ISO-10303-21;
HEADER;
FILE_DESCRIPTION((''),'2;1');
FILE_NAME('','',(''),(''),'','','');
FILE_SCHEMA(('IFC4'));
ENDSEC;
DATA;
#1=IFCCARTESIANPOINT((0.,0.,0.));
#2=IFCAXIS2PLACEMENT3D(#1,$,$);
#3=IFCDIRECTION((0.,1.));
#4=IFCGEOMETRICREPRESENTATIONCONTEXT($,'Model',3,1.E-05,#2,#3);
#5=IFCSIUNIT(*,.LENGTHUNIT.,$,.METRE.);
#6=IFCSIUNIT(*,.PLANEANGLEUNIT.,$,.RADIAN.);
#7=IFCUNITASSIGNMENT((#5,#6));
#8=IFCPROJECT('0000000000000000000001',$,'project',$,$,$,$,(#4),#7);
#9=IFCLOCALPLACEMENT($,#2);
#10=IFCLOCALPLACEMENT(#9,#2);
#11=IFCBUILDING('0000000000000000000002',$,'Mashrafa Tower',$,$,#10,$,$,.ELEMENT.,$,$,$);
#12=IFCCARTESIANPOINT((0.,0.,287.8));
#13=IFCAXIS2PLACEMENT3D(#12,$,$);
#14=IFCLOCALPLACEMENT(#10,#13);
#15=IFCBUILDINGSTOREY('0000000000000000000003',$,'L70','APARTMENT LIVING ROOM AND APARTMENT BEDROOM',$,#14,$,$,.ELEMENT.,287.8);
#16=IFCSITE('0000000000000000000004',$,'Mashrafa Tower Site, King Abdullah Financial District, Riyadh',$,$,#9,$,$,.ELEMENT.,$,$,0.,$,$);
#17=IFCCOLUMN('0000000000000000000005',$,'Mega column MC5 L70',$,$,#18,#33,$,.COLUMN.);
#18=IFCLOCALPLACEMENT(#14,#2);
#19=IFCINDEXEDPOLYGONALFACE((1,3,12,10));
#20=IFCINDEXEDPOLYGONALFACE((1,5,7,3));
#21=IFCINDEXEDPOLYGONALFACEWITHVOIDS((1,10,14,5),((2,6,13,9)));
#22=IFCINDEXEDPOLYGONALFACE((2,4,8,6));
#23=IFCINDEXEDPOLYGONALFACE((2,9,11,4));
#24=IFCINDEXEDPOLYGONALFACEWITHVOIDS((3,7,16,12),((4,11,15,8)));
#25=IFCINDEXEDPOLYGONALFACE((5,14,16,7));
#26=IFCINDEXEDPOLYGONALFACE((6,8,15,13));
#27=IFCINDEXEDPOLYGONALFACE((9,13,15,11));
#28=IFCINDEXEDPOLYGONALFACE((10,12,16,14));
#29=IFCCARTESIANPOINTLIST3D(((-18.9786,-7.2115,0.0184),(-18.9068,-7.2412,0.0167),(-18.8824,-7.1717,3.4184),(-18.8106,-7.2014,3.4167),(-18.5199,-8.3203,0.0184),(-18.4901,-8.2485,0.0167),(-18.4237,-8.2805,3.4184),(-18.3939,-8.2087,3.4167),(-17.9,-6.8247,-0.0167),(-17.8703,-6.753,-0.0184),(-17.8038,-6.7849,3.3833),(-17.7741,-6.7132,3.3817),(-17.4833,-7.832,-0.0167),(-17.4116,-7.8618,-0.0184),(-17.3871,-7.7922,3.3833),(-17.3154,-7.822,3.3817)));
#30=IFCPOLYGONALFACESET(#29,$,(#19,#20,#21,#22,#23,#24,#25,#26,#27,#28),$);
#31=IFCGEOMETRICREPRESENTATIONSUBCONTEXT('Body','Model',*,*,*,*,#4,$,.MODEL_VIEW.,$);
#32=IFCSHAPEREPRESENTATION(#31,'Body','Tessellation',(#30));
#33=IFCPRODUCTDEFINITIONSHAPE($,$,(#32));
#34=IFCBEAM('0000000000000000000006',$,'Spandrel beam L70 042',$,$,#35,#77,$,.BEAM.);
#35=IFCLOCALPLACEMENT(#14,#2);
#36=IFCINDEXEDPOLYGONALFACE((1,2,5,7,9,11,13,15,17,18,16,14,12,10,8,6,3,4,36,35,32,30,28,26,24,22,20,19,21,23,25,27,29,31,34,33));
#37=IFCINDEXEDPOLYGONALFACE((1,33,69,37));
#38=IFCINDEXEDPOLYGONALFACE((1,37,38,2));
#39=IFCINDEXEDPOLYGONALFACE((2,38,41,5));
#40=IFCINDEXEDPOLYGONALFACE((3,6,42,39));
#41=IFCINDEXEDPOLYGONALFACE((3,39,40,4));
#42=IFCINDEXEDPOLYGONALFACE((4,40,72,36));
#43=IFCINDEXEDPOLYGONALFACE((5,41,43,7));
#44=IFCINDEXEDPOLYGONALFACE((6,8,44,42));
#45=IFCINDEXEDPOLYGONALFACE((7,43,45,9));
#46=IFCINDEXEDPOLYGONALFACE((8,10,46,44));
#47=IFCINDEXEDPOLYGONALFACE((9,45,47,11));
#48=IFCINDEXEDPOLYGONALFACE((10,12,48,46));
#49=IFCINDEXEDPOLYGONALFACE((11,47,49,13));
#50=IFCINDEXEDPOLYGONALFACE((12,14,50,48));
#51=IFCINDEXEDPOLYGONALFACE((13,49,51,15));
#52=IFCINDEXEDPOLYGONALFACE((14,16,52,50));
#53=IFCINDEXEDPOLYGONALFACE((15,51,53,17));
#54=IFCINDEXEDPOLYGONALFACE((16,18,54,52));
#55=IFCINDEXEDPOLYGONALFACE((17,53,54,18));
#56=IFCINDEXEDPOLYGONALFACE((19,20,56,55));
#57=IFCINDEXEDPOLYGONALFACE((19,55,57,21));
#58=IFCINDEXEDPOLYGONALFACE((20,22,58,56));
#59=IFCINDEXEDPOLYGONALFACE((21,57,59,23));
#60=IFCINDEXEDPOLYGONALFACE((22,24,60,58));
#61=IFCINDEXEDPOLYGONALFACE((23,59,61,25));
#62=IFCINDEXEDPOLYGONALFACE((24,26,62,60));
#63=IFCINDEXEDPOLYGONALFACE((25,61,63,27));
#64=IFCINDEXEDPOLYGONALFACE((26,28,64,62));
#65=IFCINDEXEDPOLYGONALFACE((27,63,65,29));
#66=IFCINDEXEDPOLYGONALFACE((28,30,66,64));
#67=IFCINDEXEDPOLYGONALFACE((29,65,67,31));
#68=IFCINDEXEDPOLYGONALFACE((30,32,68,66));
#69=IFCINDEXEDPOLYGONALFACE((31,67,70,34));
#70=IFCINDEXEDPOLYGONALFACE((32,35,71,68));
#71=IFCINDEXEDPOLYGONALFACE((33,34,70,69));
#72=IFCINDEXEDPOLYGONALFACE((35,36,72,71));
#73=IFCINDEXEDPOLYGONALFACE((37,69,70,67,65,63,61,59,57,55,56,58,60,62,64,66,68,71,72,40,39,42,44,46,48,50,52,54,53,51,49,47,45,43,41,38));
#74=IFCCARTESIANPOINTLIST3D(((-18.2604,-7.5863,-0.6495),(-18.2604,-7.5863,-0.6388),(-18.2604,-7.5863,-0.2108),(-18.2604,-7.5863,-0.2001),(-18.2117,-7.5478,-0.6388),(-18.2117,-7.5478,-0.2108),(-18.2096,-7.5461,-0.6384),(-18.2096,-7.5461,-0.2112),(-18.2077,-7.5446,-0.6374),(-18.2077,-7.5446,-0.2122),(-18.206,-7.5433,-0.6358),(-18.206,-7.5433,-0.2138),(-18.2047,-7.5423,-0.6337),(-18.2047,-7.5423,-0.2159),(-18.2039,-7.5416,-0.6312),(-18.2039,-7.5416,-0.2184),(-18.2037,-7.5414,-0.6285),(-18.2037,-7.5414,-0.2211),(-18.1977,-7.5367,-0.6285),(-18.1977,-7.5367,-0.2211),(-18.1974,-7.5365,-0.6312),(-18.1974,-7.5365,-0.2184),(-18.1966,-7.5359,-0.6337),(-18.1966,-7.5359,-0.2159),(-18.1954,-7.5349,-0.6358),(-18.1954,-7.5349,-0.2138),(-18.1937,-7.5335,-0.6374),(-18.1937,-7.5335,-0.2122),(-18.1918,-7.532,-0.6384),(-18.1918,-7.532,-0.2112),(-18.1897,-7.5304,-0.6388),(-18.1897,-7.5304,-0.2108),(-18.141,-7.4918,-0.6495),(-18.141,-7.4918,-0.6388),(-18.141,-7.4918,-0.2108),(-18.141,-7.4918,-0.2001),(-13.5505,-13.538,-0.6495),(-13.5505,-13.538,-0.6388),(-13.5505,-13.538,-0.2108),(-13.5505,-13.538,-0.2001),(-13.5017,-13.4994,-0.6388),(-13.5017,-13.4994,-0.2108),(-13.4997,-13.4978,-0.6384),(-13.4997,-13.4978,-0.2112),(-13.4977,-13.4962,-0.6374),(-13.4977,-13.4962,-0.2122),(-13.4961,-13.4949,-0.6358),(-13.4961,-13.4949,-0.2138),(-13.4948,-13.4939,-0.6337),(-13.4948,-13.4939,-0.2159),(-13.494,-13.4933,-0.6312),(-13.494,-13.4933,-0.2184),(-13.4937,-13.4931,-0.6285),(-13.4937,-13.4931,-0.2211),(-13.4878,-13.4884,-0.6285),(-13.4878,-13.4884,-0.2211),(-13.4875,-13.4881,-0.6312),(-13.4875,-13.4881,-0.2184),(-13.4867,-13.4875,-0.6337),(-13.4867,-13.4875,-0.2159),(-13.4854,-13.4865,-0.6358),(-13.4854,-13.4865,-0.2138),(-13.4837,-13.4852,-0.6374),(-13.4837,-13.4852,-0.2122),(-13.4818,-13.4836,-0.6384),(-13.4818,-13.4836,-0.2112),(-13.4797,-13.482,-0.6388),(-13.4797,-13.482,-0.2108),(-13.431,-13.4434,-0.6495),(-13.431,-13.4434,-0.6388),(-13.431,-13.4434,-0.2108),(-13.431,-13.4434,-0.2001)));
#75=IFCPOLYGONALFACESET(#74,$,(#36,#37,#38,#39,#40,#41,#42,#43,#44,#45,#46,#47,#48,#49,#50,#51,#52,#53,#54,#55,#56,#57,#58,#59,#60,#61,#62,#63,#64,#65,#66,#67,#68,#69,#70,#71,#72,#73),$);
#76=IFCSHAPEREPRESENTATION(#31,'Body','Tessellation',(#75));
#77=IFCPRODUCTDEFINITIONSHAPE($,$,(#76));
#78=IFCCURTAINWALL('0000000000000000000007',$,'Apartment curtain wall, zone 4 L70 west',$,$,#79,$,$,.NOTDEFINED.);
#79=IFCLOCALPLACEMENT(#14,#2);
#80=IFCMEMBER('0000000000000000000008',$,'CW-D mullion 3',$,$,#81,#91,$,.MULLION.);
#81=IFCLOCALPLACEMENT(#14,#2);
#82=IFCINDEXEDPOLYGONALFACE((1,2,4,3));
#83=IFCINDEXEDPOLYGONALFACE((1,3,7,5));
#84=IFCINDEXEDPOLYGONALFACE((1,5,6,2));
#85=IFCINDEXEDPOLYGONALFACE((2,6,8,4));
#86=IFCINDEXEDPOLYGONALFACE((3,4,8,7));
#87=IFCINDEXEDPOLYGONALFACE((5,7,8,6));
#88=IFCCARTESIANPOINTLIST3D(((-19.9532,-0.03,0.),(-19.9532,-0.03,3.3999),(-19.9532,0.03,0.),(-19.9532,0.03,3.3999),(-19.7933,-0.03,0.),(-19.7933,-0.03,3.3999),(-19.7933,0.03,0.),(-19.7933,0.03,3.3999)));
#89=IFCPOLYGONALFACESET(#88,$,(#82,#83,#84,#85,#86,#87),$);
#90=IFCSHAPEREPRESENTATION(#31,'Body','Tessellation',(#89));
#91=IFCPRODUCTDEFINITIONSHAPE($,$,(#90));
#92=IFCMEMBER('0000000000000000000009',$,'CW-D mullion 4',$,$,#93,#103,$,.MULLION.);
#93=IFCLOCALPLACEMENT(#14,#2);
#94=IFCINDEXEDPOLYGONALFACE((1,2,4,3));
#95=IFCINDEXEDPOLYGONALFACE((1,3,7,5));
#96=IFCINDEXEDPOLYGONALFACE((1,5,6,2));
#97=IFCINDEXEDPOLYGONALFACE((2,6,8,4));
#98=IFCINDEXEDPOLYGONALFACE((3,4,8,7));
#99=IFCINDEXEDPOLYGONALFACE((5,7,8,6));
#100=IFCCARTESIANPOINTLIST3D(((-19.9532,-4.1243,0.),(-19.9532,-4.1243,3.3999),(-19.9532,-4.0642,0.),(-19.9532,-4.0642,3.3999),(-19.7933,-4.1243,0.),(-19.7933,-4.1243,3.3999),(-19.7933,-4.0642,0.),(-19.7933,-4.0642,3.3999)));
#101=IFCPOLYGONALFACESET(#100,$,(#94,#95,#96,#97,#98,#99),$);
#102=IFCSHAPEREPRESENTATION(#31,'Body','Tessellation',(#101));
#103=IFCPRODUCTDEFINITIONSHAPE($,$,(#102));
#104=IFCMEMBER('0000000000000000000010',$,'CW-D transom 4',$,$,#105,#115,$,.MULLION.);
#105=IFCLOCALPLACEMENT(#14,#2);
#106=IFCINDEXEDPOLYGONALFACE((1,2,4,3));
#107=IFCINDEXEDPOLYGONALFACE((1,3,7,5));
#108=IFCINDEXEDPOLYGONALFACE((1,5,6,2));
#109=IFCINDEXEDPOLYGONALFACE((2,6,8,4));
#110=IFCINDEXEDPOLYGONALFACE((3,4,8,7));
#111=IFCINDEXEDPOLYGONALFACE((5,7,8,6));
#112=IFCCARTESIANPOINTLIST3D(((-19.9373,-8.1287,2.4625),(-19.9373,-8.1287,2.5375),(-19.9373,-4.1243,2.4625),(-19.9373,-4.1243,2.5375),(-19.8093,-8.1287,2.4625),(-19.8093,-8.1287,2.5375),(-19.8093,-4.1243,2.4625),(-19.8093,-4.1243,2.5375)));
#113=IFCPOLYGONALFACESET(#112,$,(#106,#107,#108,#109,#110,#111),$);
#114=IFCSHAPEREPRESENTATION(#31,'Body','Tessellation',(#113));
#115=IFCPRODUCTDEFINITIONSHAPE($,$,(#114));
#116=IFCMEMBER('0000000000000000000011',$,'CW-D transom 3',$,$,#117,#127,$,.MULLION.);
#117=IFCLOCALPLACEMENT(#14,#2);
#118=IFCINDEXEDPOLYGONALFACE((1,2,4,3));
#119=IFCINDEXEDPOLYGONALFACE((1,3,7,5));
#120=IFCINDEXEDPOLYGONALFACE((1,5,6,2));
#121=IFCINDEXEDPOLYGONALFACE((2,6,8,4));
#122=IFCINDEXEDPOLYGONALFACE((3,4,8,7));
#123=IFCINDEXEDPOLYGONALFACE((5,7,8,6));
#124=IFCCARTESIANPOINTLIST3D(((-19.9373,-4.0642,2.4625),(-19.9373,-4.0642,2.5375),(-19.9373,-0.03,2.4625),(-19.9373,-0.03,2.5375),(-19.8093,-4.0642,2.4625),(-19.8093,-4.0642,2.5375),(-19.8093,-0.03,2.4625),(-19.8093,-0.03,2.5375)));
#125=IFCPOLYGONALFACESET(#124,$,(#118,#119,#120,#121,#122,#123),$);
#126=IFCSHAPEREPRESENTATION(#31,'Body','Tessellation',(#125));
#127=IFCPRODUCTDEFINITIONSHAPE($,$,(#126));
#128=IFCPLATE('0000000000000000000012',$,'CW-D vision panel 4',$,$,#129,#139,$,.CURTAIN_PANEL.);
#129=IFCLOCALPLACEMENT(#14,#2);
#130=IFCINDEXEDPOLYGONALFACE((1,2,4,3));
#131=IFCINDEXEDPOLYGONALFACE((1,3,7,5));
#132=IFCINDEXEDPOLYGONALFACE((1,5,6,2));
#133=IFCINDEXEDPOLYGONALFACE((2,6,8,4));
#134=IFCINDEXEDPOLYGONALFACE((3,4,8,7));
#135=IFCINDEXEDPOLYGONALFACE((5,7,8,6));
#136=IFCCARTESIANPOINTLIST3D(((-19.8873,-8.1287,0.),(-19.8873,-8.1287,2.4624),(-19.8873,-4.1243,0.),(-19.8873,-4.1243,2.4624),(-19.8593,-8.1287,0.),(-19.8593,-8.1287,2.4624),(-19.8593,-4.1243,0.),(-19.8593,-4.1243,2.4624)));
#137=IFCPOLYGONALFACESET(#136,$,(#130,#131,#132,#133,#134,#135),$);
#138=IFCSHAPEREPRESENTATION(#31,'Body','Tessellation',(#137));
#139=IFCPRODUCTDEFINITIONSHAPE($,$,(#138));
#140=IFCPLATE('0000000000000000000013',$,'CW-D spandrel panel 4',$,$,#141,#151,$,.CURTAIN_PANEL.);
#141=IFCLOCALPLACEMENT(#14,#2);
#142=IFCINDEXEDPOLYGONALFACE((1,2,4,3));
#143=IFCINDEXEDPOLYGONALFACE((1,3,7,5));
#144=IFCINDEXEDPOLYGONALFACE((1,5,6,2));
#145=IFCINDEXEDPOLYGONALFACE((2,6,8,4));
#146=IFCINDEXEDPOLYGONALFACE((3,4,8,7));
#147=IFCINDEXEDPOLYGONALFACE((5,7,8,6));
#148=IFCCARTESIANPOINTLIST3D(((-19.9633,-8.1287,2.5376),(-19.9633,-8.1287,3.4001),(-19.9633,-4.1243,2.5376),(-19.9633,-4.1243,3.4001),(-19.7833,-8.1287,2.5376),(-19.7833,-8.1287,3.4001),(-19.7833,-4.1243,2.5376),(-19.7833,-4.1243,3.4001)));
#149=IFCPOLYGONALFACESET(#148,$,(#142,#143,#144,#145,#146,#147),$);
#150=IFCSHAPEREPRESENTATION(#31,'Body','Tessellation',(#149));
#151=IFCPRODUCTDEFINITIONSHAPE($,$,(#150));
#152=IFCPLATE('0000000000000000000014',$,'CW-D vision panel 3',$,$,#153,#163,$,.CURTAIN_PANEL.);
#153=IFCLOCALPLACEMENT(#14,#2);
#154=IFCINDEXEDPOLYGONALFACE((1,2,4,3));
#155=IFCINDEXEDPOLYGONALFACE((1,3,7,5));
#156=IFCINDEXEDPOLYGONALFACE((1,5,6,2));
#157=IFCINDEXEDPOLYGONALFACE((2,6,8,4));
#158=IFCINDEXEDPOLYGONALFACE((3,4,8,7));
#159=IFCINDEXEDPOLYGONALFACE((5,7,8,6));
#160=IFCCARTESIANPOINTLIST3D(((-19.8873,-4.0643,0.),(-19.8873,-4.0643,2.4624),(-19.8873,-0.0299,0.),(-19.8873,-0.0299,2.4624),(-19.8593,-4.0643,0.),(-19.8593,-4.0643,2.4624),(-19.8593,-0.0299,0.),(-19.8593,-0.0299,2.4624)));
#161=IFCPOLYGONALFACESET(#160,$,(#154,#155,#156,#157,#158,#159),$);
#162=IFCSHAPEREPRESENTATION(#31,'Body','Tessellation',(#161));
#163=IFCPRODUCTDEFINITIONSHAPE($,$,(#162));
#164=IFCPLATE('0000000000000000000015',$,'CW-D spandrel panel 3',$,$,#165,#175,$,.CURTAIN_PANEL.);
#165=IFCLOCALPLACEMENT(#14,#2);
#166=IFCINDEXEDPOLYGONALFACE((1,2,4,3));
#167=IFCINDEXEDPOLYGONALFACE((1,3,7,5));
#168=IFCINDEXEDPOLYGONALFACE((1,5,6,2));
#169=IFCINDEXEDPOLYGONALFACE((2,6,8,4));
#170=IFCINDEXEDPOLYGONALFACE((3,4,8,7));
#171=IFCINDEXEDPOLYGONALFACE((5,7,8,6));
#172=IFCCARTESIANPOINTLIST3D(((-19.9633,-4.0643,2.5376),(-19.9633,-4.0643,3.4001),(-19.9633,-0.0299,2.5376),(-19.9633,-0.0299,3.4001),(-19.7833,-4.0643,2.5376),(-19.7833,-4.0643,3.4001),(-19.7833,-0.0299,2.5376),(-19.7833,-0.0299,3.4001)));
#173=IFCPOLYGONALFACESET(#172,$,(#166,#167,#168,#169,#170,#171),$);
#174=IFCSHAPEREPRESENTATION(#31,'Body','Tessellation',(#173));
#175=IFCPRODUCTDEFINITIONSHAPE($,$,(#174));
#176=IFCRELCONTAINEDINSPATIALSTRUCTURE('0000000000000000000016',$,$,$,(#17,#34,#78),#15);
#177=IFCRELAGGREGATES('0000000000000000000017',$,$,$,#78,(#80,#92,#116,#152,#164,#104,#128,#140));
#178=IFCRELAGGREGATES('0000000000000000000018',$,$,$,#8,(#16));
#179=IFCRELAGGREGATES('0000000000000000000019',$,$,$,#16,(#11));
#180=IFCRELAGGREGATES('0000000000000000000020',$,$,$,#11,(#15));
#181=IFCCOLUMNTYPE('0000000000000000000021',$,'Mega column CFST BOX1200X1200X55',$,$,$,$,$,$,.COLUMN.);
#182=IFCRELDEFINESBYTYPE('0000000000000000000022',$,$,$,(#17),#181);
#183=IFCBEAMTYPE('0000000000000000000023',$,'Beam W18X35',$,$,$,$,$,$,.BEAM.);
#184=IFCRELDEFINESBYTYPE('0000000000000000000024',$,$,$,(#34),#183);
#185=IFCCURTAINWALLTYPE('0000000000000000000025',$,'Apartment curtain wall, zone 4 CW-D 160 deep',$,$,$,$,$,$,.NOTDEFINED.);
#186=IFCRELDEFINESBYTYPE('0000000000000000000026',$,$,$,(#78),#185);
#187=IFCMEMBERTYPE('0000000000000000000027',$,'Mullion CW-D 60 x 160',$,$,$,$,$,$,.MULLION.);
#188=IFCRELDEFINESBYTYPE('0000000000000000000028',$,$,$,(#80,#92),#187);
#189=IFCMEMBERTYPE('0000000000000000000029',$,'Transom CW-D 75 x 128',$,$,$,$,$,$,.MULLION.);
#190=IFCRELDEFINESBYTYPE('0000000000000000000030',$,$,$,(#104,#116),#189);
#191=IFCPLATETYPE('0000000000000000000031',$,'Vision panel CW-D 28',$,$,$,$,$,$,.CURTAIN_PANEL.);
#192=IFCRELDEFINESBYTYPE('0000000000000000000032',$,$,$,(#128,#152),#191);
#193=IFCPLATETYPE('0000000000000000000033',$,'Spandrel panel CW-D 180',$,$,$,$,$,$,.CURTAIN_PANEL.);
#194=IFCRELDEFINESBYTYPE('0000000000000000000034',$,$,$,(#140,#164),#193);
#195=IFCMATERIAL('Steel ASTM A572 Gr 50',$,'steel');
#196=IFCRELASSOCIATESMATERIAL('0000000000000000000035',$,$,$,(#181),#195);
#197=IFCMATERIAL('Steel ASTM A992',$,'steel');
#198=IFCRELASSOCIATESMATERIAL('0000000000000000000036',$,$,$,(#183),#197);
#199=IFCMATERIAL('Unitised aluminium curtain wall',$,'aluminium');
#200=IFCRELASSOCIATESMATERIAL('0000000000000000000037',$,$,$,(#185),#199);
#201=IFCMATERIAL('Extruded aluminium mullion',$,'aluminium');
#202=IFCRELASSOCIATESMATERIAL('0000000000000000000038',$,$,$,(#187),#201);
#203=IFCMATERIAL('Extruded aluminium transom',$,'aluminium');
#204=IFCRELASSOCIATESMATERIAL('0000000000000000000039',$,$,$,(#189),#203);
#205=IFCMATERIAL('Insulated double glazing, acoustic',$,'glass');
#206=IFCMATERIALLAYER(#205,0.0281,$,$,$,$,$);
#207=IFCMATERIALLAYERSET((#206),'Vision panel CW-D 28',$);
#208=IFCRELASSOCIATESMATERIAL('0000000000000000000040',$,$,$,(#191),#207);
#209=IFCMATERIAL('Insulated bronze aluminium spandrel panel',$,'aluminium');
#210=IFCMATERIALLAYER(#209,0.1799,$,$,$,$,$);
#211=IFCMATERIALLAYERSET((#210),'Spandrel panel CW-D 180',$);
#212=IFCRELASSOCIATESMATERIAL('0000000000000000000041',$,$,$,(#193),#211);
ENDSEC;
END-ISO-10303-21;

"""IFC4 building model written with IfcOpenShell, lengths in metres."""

from ifc_helpers import new_model, si_unit, direction, frame, origin, origin_2d, place, context, subcontext, project, spatial, rectangle, hollow_rectangle, i_section, extrude, source, transform, mapped, material, layer, layer_set, material_profile, profile_set, type_object, type_shapes, element, aggregate, save


model = new_model("IFC4")

# Units and contexts
model_context = context("Model", 3, precision=1e-05, world=origin(), true_north=direction((0.0, 1.0)))
body_context = subcontext(model_context, "Body", "Model", "MODEL_VIEW")
ifc_project = project(units=[si_unit("LENGTHUNIT", "METRE"), si_unit("PLANEANGLEUNIT", "RADIAN")], contexts=[model_context])

# Site, building, storey
site_placement = place(None, origin())
site = spatial("IfcSite", under=ifc_project, at=site_placement, Name="Mashrafa Tower Site, King Abdullah Financial District, Riyadh", CompositionType="ELEMENT", RefElevation=0.0)
building_placement = place(site_placement, origin())
building = spatial("IfcBuilding", under=site, at=building_placement, Name="Mashrafa Tower", CompositionType="ELEMENT")
storey_placement = place(building_placement, frame((0.0, 0.0, 287.8)))
storey = spatial("IfcBuildingStorey", under=building, at=storey_placement, Name="L70", Description="APARTMENT LIVING ROOM AND APARTMENT BEDROOM", CompositionType="ELEMENT", Elevation=287.8)

# Column
ifc_material_1 = material(Name="Steel ASTM A572 Gr 50", Category="steel")
ifc_material_profile_1 = material_profile(ifc_material_1, hollow_rectangle(XDim=1.2, YDim=1.2, WallThickness=0.0549, at=origin_2d()), Name="BOX1200X1200X55")
ifc_profile_set_1 = profile_set([ifc_material_profile_1], Name="Steel ASTM A572 Gr 50")
column_type = type_object("IfcColumnType", Name="Mega column CFST BOX1200X1200X55", PredefinedType="COLUMN", material=ifc_profile_set_1)
column_placement = place(storey_placement, frame((-18.1951, -7.5366, 0.0), z_axis=(0.028279, 0.011699, 0.999532), x_axis=(-0.382283, 0.924045, 0.0)))
element("IfcColumn", 1, at=column_placement, inside=storey, type_object=column_type, Name="Mega column MC5 L70", PredefinedType="COLUMN", context=body_context, shape_type="SweptSolid", body=[
    extrude(hollow_rectangle(XDim=1.2, YDim=1.2, WallThickness=0.0549, at=origin_2d()), origin(), (0.0, 0.0, 1.0), 3.4016),
])

# Beam
ifc_material_2 = material(Name="Steel ASTM A992", Category="steel")
ifc_material_profile_2 = material_profile(ifc_material_2, i_section(OverallWidth=0.1523, OverallDepth=0.4495, WebThickness=0.0076, FlangeThickness=0.0107, FilletRadius=0.0103, at=origin_2d()), Name="W18X35")
ifc_profile_set_2 = profile_set([ifc_material_profile_2], Name="Steel ASTM A992")
beam_type = type_object("IfcBeamType", Name="Beam W18X35", PredefinedType="BEAM", material=ifc_profile_set_2)
beam_placement = place(storey_placement, frame((-18.2007, -7.5391, -0.4248), z_axis=(0.62056, -0.784159, 0.0), x_axis=(0.784159, 0.62056, 0.0)))
element("IfcBeam", 2, at=beam_placement, inside=storey, type_object=beam_type, Name="Spandrel beam L70 042", PredefinedType="BEAM", context=body_context, shape_type="SweptSolid", body=[
    extrude(i_section(OverallWidth=0.1523, OverallDepth=0.4495, WebThickness=0.0076, FlangeThickness=0.0107, FilletRadius=0.0103, at=origin_2d()), origin(), (0.0, 0.0, 1.0), 7.5898),
])

# Curtain wall, members, plates
ifc_material_3 = material(Name="Unitised aluminium curtain wall", Category="aluminium")
curtain_wall_type = type_object("IfcCurtainWallType", Name="Apartment curtain wall, zone 4 CW-D 160 deep", PredefinedType="NOTDEFINED", material=ifc_material_3)
curtain_wall_placement = place(storey_placement, origin())
curtain_wall = element("IfcCurtainWall", 3, at=curtain_wall_placement, inside=storey, type_object=curtain_wall_type, Name="Apartment curtain wall, zone 4 L70 west", PredefinedType="NOTDEFINED")
ifc_material_4 = material(Name="Extruded aluminium mullion", Category="aluminium")
ifc_material_profile_3 = material_profile(ifc_material_4, rectangle(XDim=0.1599, YDim=0.0601, at=origin_2d()), Name="Mullion 60x160")
ifc_profile_set_3 = profile_set([ifc_material_profile_3], Name="Extruded aluminium mullion")
member_type_1 = type_object("IfcMemberType", Name="Mullion CW-D 60 x 160", PredefinedType="MULLION", material=ifc_profile_set_3)
shared_shape_1 = source(origin(), body_context, "Body", "SweptSolid", [
    extrude(rectangle(XDim=0.1599, YDim=0.0601, at=origin_2d()), origin(), (0.0, 0.0, 1.0), 3.3999),
])
type_shapes(member_type_1, [shared_shape_1])
member_1_placement = place(storey_placement, frame((-19.8733, 0.0, 0.0), z_axis=(0.0, 0.0, 1.0), x_axis=(1.0, 0.0, 0.0)))
member_1 = element("IfcMember", 4, at=member_1_placement, type_object=member_type_1, Name="CW-D mullion 3", PredefinedType="MULLION", context=body_context, shape_type="MappedRepresentation", body=[
    mapped(shared_shape_1, transform((0.0, 0.0, 0.0))),
])
member_2_placement = place(storey_placement, frame((-19.8733, -4.0942, 0.0), z_axis=(0.0, 0.0, 1.0), x_axis=(1.0, 0.0, 0.0)))
member_2 = element("IfcMember", 5, at=member_2_placement, type_object=member_type_1, Name="CW-D mullion 4", PredefinedType="MULLION", context=body_context, shape_type="MappedRepresentation", body=[
    mapped(shared_shape_1, transform((0.0, 0.0, 0.0))),
])
ifc_material_5 = material(Name="Extruded aluminium transom", Category="aluminium")
ifc_material_profile_4 = material_profile(ifc_material_5, rectangle(XDim=0.1279, YDim=0.075, at=origin_2d()), Name="Transom 75x128")
ifc_profile_set_4 = profile_set([ifc_material_profile_4], Name="Extruded aluminium transom")
member_type_2 = type_object("IfcMemberType", Name="Transom CW-D 75 x 128", PredefinedType="MULLION", material=ifc_profile_set_4)
shared_shape_2 = source(origin(), body_context, "Body", "SweptSolid", [
    extrude(rectangle(XDim=0.1279, YDim=0.075, at=origin_2d()), origin(), (0.0, 0.0, 1.0), 4.0044),
])
member_3_placement = place(storey_placement, frame((-19.8733, -4.1243, 2.5), z_axis=(0.0, -1.0, 0.0), x_axis=(1.0, 0.0, 0.0)))
member_3 = element("IfcMember", 6, at=member_3_placement, type_object=member_type_2, Name="CW-D transom 4", PredefinedType="MULLION", context=body_context, shape_type="MappedRepresentation", body=[
    mapped(shared_shape_2, transform((0.0, 0.0, 0.0))),
])
shared_shape_3 = source(origin(), body_context, "Body", "SweptSolid", [
    extrude(rectangle(XDim=0.1279, YDim=0.075, at=origin_2d()), origin(), (0.0, 0.0, 1.0), 4.0342),
])
type_shapes(member_type_2, [shared_shape_2, shared_shape_3])
member_4_placement = place(storey_placement, frame((-19.8733, -0.03, 2.5), z_axis=(0.0, -1.0, 0.0), x_axis=(1.0, 0.0, 0.0)))
member_4 = element("IfcMember", 7, at=member_4_placement, type_object=member_type_2, Name="CW-D transom 3", PredefinedType="MULLION", context=body_context, shape_type="MappedRepresentation", body=[
    mapped(shared_shape_3, transform((0.0, 0.0, 0.0))),
])
ifc_material_6 = material(Name="Insulated double glazing, acoustic", Category="glass")
ifc_layer_1 = layer(ifc_material_6, 0.0281)
ifc_layer_set_1 = layer_set([ifc_layer_1], Name="Vision panel CW-D 28")
plate_type_1 = type_object("IfcPlateType", Name="Vision panel CW-D 28", PredefinedType="CURTAIN_PANEL", material=ifc_layer_set_1)
shared_shape_4 = source(origin(), body_context, "Body", "SweptSolid", [
    extrude(rectangle(XDim=4.0044, YDim=0.0281, at=origin_2d()), origin(), (0.0, 0.0, 1.0), 2.4624),
])
plate_1_placement = place(storey_placement, frame((-19.8733, -6.1265, 0.0), z_axis=(0.0, 0.0, 1.0), x_axis=(0.0, -1.0, 0.0)))
plate_1 = element("IfcPlate", 8, at=plate_1_placement, type_object=plate_type_1, Name="CW-D vision panel 4", PredefinedType="CURTAIN_PANEL", context=body_context, shape_type="MappedRepresentation", body=[
    mapped(shared_shape_4, transform((0.0, 0.0, 0.0))),
])
ifc_material_7 = material(Name="Insulated bronze aluminium spandrel panel", Category="aluminium")
ifc_layer_2 = layer(ifc_material_7, 0.1799)
ifc_layer_set_2 = layer_set([ifc_layer_2], Name="Spandrel panel CW-D 180")
plate_type_2 = type_object("IfcPlateType", Name="Spandrel panel CW-D 180", PredefinedType="CURTAIN_PANEL", material=ifc_layer_set_2)
shared_shape_5 = source(origin(), body_context, "Body", "SweptSolid", [
    extrude(rectangle(XDim=4.0044, YDim=0.1799, at=origin_2d()), origin(), (0.0, 0.0, 1.0), 0.8625),
])
plate_2_placement = place(storey_placement, frame((-19.8733, -6.1265, 2.5376), z_axis=(0.0, 0.0, 1.0), x_axis=(0.0, -1.0, 0.0)))
plate_2 = element("IfcPlate", 9, at=plate_2_placement, type_object=plate_type_2, Name="CW-D spandrel panel 4", PredefinedType="CURTAIN_PANEL", context=body_context, shape_type="MappedRepresentation", body=[
    mapped(shared_shape_5, transform((0.0, 0.0, 0.0))),
])
shared_shape_6 = source(origin(), body_context, "Body", "SweptSolid", [
    extrude(rectangle(XDim=4.0344, YDim=0.0281, at=origin_2d()), origin(), (0.0, 0.0, 1.0), 2.4624),
])
type_shapes(plate_type_1, [shared_shape_4, shared_shape_6])
plate_3_placement = place(storey_placement, frame((-19.8733, -2.0471, 0.0), z_axis=(0.0, 0.0, 1.0), x_axis=(0.0, -1.0, 0.0)))
plate_3 = element("IfcPlate", 10, at=plate_3_placement, type_object=plate_type_1, Name="CW-D vision panel 3", PredefinedType="CURTAIN_PANEL", context=body_context, shape_type="MappedRepresentation", body=[
    mapped(shared_shape_6, transform((0.0, 0.0, 0.0))),
])
shared_shape_7 = source(origin(), body_context, "Body", "SweptSolid", [
    extrude(rectangle(XDim=4.0344, YDim=0.1799, at=origin_2d()), origin(), (0.0, 0.0, 1.0), 0.8625),
])
type_shapes(plate_type_2, [shared_shape_5, shared_shape_7])
plate_4_placement = place(storey_placement, frame((-19.8733, -2.0471, 2.5376), z_axis=(0.0, 0.0, 1.0), x_axis=(0.0, -1.0, 0.0)))
plate_4 = element("IfcPlate", 11, at=plate_4_placement, type_object=plate_type_2, Name="CW-D spandrel panel 3", PredefinedType="CURTAIN_PANEL", context=body_context, shape_type="MappedRepresentation", body=[
    mapped(shared_shape_7, transform((0.0, 0.0, 0.0))),
])
aggregate(curtain_wall, [member_1, member_2, member_4, plate_3, plate_4, member_3, plate_1, plate_2])

save(model, "model.ifc")
